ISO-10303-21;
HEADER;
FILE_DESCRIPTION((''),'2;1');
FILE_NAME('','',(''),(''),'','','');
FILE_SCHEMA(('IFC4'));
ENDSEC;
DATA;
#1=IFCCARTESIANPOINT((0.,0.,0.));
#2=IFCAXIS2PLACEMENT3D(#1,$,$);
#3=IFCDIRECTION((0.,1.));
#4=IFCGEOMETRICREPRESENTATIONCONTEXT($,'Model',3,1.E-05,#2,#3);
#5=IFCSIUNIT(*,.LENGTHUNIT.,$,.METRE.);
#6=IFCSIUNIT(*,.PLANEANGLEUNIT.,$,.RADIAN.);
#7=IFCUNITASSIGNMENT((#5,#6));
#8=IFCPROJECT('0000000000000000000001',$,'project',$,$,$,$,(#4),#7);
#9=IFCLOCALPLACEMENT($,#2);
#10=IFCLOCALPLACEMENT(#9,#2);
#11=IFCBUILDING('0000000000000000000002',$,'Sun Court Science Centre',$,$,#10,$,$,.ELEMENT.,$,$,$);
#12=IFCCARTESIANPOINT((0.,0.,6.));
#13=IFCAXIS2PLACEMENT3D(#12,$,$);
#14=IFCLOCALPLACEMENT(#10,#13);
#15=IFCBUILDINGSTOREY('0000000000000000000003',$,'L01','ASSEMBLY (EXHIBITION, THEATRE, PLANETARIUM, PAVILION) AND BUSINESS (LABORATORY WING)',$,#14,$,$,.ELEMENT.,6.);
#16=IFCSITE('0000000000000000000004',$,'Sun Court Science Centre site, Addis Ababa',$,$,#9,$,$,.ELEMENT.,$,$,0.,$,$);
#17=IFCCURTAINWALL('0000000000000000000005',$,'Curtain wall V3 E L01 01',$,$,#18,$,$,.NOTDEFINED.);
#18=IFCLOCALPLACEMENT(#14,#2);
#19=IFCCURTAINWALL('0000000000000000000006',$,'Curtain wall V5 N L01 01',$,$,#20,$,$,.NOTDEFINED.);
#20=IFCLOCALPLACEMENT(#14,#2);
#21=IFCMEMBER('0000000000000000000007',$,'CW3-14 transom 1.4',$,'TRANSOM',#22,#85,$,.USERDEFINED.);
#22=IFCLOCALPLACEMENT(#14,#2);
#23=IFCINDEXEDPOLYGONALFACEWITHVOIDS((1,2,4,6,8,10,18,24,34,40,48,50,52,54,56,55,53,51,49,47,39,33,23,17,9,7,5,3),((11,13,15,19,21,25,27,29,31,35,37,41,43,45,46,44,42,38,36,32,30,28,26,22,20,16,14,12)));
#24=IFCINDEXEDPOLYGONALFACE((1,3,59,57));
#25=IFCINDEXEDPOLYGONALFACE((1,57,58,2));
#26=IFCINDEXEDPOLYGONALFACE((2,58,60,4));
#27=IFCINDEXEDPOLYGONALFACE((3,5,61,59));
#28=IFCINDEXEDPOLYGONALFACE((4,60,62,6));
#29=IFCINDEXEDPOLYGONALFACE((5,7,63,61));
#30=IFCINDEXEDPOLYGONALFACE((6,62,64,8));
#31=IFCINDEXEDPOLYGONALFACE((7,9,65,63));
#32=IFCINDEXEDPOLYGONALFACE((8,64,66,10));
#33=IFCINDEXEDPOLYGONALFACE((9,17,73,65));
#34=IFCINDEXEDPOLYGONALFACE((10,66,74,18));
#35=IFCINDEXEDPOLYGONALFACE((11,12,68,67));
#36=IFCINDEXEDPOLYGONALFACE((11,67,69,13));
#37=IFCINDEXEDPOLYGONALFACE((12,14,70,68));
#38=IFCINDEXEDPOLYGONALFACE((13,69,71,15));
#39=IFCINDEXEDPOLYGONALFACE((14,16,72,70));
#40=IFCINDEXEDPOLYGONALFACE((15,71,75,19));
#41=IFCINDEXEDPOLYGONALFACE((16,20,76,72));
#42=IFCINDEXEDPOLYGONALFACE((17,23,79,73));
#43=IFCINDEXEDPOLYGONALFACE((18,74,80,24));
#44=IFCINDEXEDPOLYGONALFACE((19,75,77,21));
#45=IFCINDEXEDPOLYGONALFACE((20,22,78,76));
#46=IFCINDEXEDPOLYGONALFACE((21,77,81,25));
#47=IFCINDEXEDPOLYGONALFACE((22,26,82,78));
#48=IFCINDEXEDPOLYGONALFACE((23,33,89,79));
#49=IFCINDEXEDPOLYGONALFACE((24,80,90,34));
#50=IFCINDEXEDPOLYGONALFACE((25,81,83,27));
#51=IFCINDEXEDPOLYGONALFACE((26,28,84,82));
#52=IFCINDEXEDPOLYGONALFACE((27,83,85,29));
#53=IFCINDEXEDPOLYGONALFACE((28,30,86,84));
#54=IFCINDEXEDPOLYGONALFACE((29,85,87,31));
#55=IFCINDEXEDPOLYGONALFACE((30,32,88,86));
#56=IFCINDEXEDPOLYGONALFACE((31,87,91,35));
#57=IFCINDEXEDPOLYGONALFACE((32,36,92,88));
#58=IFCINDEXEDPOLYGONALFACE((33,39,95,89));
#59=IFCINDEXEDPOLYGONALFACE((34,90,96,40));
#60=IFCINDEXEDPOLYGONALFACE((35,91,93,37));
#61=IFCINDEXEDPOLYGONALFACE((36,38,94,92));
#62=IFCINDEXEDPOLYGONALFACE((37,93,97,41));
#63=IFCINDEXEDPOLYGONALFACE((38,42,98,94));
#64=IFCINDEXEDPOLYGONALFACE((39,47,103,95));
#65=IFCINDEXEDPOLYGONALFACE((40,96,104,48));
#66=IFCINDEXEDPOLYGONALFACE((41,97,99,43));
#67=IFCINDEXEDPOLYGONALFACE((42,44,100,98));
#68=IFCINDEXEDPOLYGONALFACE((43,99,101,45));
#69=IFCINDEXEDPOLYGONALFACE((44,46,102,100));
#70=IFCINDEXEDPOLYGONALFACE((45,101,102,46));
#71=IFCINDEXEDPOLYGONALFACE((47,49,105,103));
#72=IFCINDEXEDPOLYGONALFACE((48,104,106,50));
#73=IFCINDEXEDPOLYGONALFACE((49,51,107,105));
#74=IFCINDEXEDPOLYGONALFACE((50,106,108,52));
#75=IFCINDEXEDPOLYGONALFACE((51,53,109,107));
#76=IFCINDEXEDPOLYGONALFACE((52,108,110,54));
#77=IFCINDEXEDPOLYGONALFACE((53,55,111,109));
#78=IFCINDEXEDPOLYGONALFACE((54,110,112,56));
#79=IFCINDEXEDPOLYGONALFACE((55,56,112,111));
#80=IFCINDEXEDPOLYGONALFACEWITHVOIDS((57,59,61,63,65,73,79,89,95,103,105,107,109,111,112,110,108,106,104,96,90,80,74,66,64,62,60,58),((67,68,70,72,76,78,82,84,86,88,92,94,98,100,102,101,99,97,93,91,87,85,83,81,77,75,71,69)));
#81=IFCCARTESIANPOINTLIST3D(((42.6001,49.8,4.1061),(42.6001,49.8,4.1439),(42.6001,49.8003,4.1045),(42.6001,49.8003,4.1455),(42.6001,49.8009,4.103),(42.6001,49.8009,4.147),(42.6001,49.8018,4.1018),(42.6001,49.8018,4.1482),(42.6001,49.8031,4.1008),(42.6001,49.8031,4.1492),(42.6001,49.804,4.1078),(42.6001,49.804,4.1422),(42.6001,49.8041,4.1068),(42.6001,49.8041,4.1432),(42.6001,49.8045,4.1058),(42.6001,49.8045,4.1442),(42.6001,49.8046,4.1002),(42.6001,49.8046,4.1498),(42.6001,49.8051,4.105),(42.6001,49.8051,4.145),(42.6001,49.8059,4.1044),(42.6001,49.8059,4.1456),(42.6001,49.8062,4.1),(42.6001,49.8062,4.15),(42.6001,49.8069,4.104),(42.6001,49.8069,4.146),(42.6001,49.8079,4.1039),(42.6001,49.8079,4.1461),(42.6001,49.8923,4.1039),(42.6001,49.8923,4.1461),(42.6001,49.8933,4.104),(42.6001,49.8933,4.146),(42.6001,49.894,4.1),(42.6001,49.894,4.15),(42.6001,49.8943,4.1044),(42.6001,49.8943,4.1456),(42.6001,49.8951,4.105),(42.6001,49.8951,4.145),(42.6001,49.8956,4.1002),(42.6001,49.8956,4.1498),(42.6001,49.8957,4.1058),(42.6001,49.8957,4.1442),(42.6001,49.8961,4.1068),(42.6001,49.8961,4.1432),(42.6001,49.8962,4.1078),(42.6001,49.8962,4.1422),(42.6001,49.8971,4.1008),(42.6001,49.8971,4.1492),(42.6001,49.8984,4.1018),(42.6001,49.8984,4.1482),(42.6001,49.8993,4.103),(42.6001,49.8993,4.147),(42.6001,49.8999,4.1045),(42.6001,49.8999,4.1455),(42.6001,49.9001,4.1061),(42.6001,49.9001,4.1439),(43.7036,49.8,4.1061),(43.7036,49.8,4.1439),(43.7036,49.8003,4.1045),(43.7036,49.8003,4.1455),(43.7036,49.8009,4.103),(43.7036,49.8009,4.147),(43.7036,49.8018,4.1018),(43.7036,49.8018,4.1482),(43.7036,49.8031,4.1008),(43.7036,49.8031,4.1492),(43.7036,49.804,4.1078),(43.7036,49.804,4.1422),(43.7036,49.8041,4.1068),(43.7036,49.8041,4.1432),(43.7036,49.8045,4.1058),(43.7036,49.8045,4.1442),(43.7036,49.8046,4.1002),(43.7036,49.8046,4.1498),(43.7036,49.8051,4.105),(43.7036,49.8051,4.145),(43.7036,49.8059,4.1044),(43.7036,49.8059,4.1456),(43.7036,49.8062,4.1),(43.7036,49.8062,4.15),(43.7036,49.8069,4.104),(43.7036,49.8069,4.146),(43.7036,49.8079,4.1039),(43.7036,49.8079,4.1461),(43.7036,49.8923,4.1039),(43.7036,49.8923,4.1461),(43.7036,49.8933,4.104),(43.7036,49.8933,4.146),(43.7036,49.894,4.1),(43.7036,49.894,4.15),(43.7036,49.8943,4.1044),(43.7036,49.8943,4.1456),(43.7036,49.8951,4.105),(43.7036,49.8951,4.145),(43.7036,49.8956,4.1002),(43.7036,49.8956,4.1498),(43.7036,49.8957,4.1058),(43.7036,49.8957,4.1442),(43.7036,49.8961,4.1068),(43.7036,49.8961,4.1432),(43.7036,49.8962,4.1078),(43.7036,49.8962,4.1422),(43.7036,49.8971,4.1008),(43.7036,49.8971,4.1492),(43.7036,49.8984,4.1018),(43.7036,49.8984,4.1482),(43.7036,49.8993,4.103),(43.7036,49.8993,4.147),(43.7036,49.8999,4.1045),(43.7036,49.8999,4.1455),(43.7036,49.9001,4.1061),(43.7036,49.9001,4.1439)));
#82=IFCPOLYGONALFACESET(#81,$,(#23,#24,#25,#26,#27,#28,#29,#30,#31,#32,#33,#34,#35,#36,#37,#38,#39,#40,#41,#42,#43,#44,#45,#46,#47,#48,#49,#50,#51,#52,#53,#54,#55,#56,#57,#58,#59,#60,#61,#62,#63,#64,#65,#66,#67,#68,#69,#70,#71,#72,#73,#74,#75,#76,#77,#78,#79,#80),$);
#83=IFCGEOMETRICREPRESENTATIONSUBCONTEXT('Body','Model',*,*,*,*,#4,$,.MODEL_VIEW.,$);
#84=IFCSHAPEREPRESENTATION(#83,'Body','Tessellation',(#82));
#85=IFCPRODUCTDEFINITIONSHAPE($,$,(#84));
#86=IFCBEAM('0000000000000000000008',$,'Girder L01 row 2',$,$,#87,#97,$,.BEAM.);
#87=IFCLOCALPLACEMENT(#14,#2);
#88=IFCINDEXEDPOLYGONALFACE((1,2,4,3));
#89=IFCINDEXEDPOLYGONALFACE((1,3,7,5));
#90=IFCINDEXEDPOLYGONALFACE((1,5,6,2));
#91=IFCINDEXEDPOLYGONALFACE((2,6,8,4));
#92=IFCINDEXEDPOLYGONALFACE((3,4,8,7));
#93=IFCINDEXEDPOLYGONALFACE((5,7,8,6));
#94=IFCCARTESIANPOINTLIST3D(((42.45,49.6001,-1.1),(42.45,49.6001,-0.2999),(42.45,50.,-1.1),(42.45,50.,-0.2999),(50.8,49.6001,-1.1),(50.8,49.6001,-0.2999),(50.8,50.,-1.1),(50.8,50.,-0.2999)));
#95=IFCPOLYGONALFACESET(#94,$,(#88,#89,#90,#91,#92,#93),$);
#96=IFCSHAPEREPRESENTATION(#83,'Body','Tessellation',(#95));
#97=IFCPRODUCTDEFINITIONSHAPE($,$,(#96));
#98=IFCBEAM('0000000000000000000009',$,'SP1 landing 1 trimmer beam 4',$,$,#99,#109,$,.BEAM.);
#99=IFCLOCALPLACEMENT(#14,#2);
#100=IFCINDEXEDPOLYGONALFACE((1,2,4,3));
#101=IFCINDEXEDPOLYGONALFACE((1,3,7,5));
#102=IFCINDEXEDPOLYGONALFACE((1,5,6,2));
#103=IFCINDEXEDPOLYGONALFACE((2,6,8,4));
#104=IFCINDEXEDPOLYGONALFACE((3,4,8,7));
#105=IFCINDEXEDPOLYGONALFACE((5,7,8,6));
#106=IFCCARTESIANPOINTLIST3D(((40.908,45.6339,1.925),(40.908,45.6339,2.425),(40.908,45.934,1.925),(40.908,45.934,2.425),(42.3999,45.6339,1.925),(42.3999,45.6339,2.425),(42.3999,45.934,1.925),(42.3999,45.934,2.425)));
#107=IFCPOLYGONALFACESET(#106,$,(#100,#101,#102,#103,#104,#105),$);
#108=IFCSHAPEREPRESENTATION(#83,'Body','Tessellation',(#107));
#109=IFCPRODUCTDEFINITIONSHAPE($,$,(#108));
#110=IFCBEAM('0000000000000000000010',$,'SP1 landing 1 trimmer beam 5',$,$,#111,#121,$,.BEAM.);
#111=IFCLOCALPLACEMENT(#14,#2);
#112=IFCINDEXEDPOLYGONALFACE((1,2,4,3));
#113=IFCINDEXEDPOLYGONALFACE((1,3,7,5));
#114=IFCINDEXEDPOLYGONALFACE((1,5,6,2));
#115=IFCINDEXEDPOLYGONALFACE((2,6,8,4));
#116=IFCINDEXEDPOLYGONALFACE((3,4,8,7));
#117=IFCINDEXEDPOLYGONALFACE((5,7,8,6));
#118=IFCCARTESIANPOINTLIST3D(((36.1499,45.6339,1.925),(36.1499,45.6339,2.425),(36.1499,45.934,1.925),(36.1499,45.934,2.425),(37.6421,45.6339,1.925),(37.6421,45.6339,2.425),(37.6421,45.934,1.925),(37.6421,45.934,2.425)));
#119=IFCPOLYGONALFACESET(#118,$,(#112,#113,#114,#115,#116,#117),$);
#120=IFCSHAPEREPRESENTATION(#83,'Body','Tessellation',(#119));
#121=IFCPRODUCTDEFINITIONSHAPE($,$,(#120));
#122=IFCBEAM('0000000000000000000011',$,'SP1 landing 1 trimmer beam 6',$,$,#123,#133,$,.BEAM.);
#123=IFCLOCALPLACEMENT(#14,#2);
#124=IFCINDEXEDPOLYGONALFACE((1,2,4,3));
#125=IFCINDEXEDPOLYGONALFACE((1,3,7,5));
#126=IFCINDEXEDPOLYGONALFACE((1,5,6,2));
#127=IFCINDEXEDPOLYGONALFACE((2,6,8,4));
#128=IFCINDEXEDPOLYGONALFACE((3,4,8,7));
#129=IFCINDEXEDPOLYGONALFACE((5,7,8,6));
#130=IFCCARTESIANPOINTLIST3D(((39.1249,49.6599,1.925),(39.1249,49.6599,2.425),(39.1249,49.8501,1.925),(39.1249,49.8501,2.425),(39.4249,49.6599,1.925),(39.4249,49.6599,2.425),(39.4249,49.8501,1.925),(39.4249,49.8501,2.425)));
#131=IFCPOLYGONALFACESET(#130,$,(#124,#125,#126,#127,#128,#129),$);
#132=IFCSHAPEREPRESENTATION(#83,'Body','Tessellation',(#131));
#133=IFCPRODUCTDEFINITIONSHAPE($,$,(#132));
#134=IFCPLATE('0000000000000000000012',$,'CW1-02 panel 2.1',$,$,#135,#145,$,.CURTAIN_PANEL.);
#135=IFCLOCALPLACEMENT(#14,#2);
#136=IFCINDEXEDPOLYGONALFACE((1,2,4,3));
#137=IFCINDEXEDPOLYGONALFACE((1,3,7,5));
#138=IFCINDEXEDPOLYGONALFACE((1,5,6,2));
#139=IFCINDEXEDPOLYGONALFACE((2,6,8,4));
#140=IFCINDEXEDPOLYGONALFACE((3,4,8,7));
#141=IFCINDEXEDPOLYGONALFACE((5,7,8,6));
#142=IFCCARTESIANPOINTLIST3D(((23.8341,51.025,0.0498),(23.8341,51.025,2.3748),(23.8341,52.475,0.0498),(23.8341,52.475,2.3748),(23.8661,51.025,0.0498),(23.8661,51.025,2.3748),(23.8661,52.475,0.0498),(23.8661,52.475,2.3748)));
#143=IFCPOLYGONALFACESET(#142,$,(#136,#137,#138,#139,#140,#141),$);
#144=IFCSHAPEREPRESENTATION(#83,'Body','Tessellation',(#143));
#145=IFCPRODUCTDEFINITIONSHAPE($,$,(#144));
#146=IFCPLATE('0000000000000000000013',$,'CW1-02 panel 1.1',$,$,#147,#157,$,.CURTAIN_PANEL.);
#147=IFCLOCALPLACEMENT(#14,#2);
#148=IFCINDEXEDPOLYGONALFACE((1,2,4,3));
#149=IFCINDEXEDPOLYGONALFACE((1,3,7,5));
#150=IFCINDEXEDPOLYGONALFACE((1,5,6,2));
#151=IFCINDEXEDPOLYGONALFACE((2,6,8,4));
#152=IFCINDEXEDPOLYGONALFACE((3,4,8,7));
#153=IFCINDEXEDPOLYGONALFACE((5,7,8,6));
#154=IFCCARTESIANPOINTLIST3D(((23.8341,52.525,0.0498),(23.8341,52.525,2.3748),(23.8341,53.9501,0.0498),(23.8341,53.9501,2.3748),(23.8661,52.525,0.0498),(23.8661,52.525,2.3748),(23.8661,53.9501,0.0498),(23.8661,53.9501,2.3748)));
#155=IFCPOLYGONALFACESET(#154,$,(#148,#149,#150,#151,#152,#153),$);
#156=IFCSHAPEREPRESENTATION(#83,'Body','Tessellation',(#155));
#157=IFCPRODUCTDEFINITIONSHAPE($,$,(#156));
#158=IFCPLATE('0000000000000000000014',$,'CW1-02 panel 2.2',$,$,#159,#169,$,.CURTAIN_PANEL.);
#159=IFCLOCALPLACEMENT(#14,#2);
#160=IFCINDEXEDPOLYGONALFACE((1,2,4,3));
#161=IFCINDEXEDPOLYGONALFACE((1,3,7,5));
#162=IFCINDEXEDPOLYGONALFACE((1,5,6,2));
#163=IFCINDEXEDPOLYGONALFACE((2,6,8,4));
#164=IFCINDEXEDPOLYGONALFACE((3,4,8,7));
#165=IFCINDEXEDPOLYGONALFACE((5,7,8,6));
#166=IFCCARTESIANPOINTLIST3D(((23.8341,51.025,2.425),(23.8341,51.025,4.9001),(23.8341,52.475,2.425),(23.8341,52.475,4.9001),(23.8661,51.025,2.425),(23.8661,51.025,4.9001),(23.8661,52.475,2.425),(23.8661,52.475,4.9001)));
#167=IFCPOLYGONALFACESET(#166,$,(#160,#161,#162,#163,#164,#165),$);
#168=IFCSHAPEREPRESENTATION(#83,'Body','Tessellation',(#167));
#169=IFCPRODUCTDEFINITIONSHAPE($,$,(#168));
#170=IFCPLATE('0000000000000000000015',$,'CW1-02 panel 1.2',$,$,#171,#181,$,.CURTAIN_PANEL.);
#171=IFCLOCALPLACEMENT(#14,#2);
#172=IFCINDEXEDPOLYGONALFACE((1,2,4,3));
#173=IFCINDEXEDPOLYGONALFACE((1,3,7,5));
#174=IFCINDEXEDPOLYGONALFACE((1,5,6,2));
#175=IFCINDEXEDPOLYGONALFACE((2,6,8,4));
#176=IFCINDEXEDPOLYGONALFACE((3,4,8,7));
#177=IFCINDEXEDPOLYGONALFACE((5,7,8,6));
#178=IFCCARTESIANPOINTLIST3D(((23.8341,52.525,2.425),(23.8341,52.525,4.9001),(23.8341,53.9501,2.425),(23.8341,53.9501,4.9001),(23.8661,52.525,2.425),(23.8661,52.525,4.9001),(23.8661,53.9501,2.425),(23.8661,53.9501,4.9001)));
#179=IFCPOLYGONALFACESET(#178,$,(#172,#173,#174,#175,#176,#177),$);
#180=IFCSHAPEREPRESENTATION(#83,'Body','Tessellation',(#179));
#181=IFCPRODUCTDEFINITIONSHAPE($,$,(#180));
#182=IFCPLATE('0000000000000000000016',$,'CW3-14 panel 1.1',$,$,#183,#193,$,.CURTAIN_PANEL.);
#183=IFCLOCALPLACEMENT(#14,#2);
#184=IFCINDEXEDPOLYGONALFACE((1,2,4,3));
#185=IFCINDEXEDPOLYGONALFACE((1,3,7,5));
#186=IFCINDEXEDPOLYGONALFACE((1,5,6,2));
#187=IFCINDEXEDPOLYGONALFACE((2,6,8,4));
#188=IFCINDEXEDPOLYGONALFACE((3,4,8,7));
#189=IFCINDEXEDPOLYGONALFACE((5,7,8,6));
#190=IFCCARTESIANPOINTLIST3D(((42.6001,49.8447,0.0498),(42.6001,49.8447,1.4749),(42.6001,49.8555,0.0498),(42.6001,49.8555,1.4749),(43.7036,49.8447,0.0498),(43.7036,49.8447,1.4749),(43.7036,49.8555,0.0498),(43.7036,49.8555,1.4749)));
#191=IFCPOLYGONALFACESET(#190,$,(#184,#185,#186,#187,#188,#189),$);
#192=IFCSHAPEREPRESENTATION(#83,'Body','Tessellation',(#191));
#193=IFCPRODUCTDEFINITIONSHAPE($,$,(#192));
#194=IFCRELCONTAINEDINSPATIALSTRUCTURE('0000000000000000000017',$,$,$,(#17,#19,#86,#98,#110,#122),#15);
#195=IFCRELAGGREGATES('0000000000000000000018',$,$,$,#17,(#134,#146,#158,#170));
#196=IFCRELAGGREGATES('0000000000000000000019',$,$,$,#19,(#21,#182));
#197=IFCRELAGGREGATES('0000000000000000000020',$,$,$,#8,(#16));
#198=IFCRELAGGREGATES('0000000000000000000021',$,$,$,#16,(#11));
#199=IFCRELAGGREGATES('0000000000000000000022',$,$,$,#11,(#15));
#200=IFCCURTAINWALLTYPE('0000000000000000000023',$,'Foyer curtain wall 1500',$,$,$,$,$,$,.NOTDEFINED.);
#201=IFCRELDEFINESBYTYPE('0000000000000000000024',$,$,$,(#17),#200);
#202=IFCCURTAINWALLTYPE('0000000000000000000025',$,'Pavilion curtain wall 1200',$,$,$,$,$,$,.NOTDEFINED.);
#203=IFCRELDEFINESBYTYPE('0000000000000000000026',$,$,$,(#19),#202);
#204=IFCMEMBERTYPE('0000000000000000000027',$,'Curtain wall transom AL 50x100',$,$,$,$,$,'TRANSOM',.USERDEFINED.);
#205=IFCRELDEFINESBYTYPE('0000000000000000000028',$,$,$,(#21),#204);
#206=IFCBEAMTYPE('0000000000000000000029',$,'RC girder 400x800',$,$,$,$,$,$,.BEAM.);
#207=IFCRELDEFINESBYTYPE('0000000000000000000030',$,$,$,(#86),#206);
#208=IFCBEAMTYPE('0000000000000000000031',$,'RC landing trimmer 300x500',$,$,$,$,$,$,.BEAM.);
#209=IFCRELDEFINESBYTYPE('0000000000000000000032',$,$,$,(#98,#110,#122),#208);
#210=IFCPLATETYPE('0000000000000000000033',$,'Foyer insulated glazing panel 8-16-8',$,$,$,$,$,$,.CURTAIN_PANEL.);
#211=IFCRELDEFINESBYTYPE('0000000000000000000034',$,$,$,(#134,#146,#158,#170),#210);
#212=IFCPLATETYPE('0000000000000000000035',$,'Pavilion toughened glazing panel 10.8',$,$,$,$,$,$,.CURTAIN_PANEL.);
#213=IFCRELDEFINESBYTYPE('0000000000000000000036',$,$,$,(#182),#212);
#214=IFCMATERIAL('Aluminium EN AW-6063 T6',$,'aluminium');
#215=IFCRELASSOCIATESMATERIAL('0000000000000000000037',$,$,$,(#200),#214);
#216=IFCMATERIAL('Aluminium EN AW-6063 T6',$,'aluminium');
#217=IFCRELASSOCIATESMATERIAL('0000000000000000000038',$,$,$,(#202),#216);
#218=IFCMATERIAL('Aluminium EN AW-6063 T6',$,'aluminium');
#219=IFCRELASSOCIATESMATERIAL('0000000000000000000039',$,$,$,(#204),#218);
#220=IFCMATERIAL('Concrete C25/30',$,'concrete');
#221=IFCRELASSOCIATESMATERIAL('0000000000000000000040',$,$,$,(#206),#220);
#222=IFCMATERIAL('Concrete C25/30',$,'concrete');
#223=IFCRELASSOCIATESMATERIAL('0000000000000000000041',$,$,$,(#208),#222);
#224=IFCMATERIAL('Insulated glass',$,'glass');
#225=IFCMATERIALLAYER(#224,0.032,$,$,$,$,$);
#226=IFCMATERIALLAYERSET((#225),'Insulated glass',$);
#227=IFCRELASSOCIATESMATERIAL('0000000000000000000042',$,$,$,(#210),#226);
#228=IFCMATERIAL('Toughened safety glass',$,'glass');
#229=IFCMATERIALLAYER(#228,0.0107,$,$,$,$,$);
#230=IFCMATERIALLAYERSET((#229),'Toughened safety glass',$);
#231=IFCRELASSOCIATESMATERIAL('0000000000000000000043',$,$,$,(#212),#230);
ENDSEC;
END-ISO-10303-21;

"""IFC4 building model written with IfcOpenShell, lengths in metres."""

from ifc_helpers import new_model, si_unit, direction, frame, origin, origin_2d, place, context, subcontext, project, spatial, rectangle, hollow_rectangle, extrude, material, layer, layer_set, material_profile, profile_set, type_object, element, aggregate, save


model = new_model("IFC4")

# Units and contexts
model_context = context("Model", 3, precision=1e-05, world=origin(), true_north=direction((0.0, 1.0)))
body_context = subcontext(model_context, "Body", "Model", "MODEL_VIEW")
ifc_project = project(units=[si_unit("LENGTHUNIT", "METRE"), si_unit("PLANEANGLEUNIT", "RADIAN")], contexts=[model_context])

# Site, building, storey
site_placement = place(None, origin())
site = spatial("IfcSite", under=ifc_project, at=site_placement, Name="Sun Court Science Centre site, Addis Ababa", CompositionType="ELEMENT", RefElevation=0.0)
building_placement = place(site_placement, origin())
building = spatial("IfcBuilding", under=site, at=building_placement, Name="Sun Court Science Centre", CompositionType="ELEMENT")
storey_placement = place(building_placement, frame((0.0, 0.0, 6.0)))
storey = spatial("IfcBuildingStorey", under=building, at=storey_placement, Name="L01", Description="ASSEMBLY (EXHIBITION, THEATRE, PLANETARIUM, PAVILION) AND BUSINESS (LABORATORY WING)", CompositionType="ELEMENT", Elevation=6.0)

# Curtain walls
ifc_material_1 = material(Name="Aluminium EN AW-6063 T6", Category="aluminium")
curtain_wall_type_1 = type_object("IfcCurtainWallType", Name="Foyer curtain wall 1500", PredefinedType="NOTDEFINED", material=ifc_material_1)
curtain_wall_1_placement = place(storey_placement, origin())
curtain_wall_1 = element("IfcCurtainWall", 1, at=curtain_wall_1_placement, inside=storey, type_object=curtain_wall_type_1, Name="Curtain wall V3 E L01 01", PredefinedType="NOTDEFINED")
ifc_material_2 = material(Name="Aluminium EN AW-6063 T6", Category="aluminium")
curtain_wall_type_2 = type_object("IfcCurtainWallType", Name="Pavilion curtain wall 1200", PredefinedType="NOTDEFINED", material=ifc_material_2)
curtain_wall_2_placement = place(storey_placement, origin())
curtain_wall_2 = element("IfcCurtainWall", 2, at=curtain_wall_2_placement, inside=storey, type_object=curtain_wall_type_2, Name="Curtain wall V5 N L01 01", PredefinedType="NOTDEFINED")

# Member
ifc_material_3 = material(Name="Aluminium EN AW-6063 T6", Category="aluminium")
ifc_material_profile_1 = material_profile(ifc_material_3, hollow_rectangle(XDim=0.05, YDim=0.1001, WallThickness=0.0039, InnerFilletRadius=0.0039, OuterFilletRadius=0.0061, at=origin_2d()), Name="AL 50x100x4")
ifc_profile_set_1 = profile_set([ifc_material_profile_1], Name="Aluminium EN AW-6063 T6")
member_type_1 = type_object("IfcMemberType", Name="Curtain wall transom AL 50x100", ElementType="TRANSOM", PredefinedType="USERDEFINED", material=ifc_profile_set_1)
member_1_placement = place(storey_placement, frame((42.6001, 49.8501, 4.125), z_axis=(1.0, 0.0, 0.0), x_axis=(0.0, 0.0, 1.0)))
member_1 = element("IfcMember", 3, at=member_1_placement, type_object=member_type_1, Name="CW3-14 transom 1.4", ObjectType="TRANSOM", PredefinedType="USERDEFINED", context=body_context, shape_type="SweptSolid", body=[
    extrude(hollow_rectangle(XDim=0.05, YDim=0.1001, WallThickness=0.0039, InnerFilletRadius=0.0039, OuterFilletRadius=0.0061, at=origin_2d()), origin(), (0.0, 0.0, 1.0), 1.1035),
])

# Beams
ifc_material_4 = material(Name="Concrete C25/30", Category="concrete")
ifc_material_profile_2 = material_profile(ifc_material_4, rectangle(XDim=0.3999, YDim=0.8, at=origin_2d()), Name="RC 400x800")
ifc_profile_set_2 = profile_set([ifc_material_profile_2], Name="Concrete C25/30")
beam_type_1 = type_object("IfcBeamType", Name="RC girder 400x800", PredefinedType="BEAM", material=ifc_profile_set_2)
beam_1_placement = place(storey_placement, frame((42.45, 49.8, -0.7), z_axis=(1.0, 0.0, 0.0), x_axis=(0.0, 1.0, 0.0)))
element("IfcBeam", 4, at=beam_1_placement, inside=storey, type_object=beam_type_1, Name="Girder L01 row 2", PredefinedType="BEAM", context=body_context, shape_type="SweptSolid", body=[
    extrude(rectangle(XDim=0.3999, YDim=0.8, at=origin_2d()), origin(), (0.0, 0.0, 1.0), 8.3501),
])
ifc_material_5 = material(Name="Concrete C25/30", Category="concrete")
ifc_material_profile_3 = material_profile(ifc_material_5, rectangle(XDim=0.3, YDim=0.5, at=origin_2d()), Name="RC 300x500")
ifc_profile_set_3 = profile_set([ifc_material_profile_3], Name="Concrete C25/30")
beam_type_2 = type_object("IfcBeamType", Name="RC landing trimmer 300x500", PredefinedType="BEAM", material=ifc_profile_set_3)
beam_2_placement = place(storey_placement, frame((42.3999, 45.7839, 2.175), z_axis=(-1.0, 0.0, 0.0), x_axis=(0.0, -1.0, 0.0)))
element("IfcBeam", 5, at=beam_2_placement, inside=storey, type_object=beam_type_2, Name="SP1 landing 1 trimmer beam 4", PredefinedType="BEAM", context=body_context, shape_type="SweptSolid", body=[
    extrude(rectangle(XDim=0.3, YDim=0.5, at=origin_2d()), origin(), (0.0, 0.0, 1.0), 1.4919),
])
beam_3_placement = place(storey_placement, frame((36.1499, 45.7839, 2.175), z_axis=(1.0, 0.0, 0.0), x_axis=(0.0, 1.0, 0.0)))
element("IfcBeam", 6, at=beam_3_placement, inside=storey, type_object=beam_type_2, Name="SP1 landing 1 trimmer beam 5", PredefinedType="BEAM", context=body_context, shape_type="SweptSolid", body=[
    extrude(rectangle(XDim=0.3, YDim=0.5, at=origin_2d()), origin(), (0.0, 0.0, 1.0), 1.4922),
])
beam_4_placement = place(storey_placement, frame((39.2749, 49.8501, 2.175), z_axis=(0.0, -1.0, 0.0), x_axis=(1.0, 0.0, 0.0)))
element("IfcBeam", 7, at=beam_4_placement, inside=storey, type_object=beam_type_2, Name="SP1 landing 1 trimmer beam 6", PredefinedType="BEAM", context=body_context, shape_type="SweptSolid", body=[
    extrude(rectangle(XDim=0.3, YDim=0.5, at=origin_2d()), origin(), (0.0, 0.0, 1.0), 0.1902),
])

# Plates
ifc_material_6 = material(Name="Insulated glass", Category="glass")
ifc_layer_1 = layer(ifc_material_6, 0.032)
ifc_layer_set_1 = layer_set([ifc_layer_1], Name="Insulated glass")
plate_type_1 = type_object("IfcPlateType", Name="Foyer insulated glazing panel 8-16-8", PredefinedType="CURTAIN_PANEL", material=ifc_layer_set_1)
plate_1_placement = place(storey_placement, frame((23.8501, 51.75, 0.0498), z_axis=(0.0, 0.0, 1.0), x_axis=(0.0, -1.0, 0.0)))
plate_1 = element("IfcPlate", 8, at=plate_1_placement, type_object=plate_type_1, Name="CW1-02 panel 2.1", PredefinedType="CURTAIN_PANEL", context=body_context, shape_type="SweptSolid", body=[
    extrude(rectangle(XDim=1.45, YDim=0.032, at=origin_2d()), origin(), (0.0, 0.0, 1.0), 2.325),
])
plate_2_placement = place(storey_placement, frame((23.8501, 53.2375, 0.0498), z_axis=(0.0, 0.0, 1.0), x_axis=(0.0, -1.0, 0.0)))
plate_2 = element("IfcPlate", 9, at=plate_2_placement, type_object=plate_type_1, Name="CW1-02 panel 1.1", PredefinedType="CURTAIN_PANEL", context=body_context, shape_type="SweptSolid", body=[
    extrude(rectangle(XDim=1.425, YDim=0.032, at=origin_2d()), origin(), (0.0, 0.0, 1.0), 2.325),
])
plate_3_placement = place(storey_placement, frame((23.8501, 51.75, 2.425), z_axis=(0.0, 0.0, 1.0), x_axis=(0.0, -1.0, 0.0)))
plate_3 = element("IfcPlate", 10, at=plate_3_placement, type_object=plate_type_1, Name="CW1-02 panel 2.2", PredefinedType="CURTAIN_PANEL", context=body_context, shape_type="SweptSolid", body=[
    extrude(rectangle(XDim=1.45, YDim=0.032, at=origin_2d()), origin(), (0.0, 0.0, 1.0), 2.4751),
])
plate_4_placement = place(storey_placement, frame((23.8501, 53.2375, 2.425), z_axis=(0.0, 0.0, 1.0), x_axis=(0.0, -1.0, 0.0)))
plate_4 = element("IfcPlate", 11, at=plate_4_placement, type_object=plate_type_1, Name="CW1-02 panel 1.2", PredefinedType="CURTAIN_PANEL", context=body_context, shape_type="SweptSolid", body=[
    extrude(rectangle(XDim=1.425, YDim=0.032, at=origin_2d()), origin(), (0.0, 0.0, 1.0), 2.4751),
])
aggregate(curtain_wall_1, [plate_1, plate_2, plate_3, plate_4])
ifc_material_7 = material(Name="Toughened safety glass", Category="glass")
ifc_layer_2 = layer(ifc_material_7, 0.0107)
ifc_layer_set_2 = layer_set([ifc_layer_2], Name="Toughened safety glass")
plate_type_2 = type_object("IfcPlateType", Name="Pavilion toughened glazing panel 10.8", PredefinedType="CURTAIN_PANEL", material=ifc_layer_set_2)
plate_5_placement = place(storey_placement, frame((43.1519, 49.8501, 0.0498), z_axis=(0.0, 0.0, 1.0), x_axis=(1.0, 0.0, 0.0)))
plate_5 = element("IfcPlate", 12, at=plate_5_placement, type_object=plate_type_2, Name="CW3-14 panel 1.1", PredefinedType="CURTAIN_PANEL", context=body_context, shape_type="SweptSolid", body=[
    extrude(rectangle(XDim=1.1035, YDim=0.0107, at=origin_2d()), origin(), (0.0, 0.0, 1.0), 1.425),
])
aggregate(curtain_wall_2, [member_1, plate_5])

save(model, "model.ifc")
